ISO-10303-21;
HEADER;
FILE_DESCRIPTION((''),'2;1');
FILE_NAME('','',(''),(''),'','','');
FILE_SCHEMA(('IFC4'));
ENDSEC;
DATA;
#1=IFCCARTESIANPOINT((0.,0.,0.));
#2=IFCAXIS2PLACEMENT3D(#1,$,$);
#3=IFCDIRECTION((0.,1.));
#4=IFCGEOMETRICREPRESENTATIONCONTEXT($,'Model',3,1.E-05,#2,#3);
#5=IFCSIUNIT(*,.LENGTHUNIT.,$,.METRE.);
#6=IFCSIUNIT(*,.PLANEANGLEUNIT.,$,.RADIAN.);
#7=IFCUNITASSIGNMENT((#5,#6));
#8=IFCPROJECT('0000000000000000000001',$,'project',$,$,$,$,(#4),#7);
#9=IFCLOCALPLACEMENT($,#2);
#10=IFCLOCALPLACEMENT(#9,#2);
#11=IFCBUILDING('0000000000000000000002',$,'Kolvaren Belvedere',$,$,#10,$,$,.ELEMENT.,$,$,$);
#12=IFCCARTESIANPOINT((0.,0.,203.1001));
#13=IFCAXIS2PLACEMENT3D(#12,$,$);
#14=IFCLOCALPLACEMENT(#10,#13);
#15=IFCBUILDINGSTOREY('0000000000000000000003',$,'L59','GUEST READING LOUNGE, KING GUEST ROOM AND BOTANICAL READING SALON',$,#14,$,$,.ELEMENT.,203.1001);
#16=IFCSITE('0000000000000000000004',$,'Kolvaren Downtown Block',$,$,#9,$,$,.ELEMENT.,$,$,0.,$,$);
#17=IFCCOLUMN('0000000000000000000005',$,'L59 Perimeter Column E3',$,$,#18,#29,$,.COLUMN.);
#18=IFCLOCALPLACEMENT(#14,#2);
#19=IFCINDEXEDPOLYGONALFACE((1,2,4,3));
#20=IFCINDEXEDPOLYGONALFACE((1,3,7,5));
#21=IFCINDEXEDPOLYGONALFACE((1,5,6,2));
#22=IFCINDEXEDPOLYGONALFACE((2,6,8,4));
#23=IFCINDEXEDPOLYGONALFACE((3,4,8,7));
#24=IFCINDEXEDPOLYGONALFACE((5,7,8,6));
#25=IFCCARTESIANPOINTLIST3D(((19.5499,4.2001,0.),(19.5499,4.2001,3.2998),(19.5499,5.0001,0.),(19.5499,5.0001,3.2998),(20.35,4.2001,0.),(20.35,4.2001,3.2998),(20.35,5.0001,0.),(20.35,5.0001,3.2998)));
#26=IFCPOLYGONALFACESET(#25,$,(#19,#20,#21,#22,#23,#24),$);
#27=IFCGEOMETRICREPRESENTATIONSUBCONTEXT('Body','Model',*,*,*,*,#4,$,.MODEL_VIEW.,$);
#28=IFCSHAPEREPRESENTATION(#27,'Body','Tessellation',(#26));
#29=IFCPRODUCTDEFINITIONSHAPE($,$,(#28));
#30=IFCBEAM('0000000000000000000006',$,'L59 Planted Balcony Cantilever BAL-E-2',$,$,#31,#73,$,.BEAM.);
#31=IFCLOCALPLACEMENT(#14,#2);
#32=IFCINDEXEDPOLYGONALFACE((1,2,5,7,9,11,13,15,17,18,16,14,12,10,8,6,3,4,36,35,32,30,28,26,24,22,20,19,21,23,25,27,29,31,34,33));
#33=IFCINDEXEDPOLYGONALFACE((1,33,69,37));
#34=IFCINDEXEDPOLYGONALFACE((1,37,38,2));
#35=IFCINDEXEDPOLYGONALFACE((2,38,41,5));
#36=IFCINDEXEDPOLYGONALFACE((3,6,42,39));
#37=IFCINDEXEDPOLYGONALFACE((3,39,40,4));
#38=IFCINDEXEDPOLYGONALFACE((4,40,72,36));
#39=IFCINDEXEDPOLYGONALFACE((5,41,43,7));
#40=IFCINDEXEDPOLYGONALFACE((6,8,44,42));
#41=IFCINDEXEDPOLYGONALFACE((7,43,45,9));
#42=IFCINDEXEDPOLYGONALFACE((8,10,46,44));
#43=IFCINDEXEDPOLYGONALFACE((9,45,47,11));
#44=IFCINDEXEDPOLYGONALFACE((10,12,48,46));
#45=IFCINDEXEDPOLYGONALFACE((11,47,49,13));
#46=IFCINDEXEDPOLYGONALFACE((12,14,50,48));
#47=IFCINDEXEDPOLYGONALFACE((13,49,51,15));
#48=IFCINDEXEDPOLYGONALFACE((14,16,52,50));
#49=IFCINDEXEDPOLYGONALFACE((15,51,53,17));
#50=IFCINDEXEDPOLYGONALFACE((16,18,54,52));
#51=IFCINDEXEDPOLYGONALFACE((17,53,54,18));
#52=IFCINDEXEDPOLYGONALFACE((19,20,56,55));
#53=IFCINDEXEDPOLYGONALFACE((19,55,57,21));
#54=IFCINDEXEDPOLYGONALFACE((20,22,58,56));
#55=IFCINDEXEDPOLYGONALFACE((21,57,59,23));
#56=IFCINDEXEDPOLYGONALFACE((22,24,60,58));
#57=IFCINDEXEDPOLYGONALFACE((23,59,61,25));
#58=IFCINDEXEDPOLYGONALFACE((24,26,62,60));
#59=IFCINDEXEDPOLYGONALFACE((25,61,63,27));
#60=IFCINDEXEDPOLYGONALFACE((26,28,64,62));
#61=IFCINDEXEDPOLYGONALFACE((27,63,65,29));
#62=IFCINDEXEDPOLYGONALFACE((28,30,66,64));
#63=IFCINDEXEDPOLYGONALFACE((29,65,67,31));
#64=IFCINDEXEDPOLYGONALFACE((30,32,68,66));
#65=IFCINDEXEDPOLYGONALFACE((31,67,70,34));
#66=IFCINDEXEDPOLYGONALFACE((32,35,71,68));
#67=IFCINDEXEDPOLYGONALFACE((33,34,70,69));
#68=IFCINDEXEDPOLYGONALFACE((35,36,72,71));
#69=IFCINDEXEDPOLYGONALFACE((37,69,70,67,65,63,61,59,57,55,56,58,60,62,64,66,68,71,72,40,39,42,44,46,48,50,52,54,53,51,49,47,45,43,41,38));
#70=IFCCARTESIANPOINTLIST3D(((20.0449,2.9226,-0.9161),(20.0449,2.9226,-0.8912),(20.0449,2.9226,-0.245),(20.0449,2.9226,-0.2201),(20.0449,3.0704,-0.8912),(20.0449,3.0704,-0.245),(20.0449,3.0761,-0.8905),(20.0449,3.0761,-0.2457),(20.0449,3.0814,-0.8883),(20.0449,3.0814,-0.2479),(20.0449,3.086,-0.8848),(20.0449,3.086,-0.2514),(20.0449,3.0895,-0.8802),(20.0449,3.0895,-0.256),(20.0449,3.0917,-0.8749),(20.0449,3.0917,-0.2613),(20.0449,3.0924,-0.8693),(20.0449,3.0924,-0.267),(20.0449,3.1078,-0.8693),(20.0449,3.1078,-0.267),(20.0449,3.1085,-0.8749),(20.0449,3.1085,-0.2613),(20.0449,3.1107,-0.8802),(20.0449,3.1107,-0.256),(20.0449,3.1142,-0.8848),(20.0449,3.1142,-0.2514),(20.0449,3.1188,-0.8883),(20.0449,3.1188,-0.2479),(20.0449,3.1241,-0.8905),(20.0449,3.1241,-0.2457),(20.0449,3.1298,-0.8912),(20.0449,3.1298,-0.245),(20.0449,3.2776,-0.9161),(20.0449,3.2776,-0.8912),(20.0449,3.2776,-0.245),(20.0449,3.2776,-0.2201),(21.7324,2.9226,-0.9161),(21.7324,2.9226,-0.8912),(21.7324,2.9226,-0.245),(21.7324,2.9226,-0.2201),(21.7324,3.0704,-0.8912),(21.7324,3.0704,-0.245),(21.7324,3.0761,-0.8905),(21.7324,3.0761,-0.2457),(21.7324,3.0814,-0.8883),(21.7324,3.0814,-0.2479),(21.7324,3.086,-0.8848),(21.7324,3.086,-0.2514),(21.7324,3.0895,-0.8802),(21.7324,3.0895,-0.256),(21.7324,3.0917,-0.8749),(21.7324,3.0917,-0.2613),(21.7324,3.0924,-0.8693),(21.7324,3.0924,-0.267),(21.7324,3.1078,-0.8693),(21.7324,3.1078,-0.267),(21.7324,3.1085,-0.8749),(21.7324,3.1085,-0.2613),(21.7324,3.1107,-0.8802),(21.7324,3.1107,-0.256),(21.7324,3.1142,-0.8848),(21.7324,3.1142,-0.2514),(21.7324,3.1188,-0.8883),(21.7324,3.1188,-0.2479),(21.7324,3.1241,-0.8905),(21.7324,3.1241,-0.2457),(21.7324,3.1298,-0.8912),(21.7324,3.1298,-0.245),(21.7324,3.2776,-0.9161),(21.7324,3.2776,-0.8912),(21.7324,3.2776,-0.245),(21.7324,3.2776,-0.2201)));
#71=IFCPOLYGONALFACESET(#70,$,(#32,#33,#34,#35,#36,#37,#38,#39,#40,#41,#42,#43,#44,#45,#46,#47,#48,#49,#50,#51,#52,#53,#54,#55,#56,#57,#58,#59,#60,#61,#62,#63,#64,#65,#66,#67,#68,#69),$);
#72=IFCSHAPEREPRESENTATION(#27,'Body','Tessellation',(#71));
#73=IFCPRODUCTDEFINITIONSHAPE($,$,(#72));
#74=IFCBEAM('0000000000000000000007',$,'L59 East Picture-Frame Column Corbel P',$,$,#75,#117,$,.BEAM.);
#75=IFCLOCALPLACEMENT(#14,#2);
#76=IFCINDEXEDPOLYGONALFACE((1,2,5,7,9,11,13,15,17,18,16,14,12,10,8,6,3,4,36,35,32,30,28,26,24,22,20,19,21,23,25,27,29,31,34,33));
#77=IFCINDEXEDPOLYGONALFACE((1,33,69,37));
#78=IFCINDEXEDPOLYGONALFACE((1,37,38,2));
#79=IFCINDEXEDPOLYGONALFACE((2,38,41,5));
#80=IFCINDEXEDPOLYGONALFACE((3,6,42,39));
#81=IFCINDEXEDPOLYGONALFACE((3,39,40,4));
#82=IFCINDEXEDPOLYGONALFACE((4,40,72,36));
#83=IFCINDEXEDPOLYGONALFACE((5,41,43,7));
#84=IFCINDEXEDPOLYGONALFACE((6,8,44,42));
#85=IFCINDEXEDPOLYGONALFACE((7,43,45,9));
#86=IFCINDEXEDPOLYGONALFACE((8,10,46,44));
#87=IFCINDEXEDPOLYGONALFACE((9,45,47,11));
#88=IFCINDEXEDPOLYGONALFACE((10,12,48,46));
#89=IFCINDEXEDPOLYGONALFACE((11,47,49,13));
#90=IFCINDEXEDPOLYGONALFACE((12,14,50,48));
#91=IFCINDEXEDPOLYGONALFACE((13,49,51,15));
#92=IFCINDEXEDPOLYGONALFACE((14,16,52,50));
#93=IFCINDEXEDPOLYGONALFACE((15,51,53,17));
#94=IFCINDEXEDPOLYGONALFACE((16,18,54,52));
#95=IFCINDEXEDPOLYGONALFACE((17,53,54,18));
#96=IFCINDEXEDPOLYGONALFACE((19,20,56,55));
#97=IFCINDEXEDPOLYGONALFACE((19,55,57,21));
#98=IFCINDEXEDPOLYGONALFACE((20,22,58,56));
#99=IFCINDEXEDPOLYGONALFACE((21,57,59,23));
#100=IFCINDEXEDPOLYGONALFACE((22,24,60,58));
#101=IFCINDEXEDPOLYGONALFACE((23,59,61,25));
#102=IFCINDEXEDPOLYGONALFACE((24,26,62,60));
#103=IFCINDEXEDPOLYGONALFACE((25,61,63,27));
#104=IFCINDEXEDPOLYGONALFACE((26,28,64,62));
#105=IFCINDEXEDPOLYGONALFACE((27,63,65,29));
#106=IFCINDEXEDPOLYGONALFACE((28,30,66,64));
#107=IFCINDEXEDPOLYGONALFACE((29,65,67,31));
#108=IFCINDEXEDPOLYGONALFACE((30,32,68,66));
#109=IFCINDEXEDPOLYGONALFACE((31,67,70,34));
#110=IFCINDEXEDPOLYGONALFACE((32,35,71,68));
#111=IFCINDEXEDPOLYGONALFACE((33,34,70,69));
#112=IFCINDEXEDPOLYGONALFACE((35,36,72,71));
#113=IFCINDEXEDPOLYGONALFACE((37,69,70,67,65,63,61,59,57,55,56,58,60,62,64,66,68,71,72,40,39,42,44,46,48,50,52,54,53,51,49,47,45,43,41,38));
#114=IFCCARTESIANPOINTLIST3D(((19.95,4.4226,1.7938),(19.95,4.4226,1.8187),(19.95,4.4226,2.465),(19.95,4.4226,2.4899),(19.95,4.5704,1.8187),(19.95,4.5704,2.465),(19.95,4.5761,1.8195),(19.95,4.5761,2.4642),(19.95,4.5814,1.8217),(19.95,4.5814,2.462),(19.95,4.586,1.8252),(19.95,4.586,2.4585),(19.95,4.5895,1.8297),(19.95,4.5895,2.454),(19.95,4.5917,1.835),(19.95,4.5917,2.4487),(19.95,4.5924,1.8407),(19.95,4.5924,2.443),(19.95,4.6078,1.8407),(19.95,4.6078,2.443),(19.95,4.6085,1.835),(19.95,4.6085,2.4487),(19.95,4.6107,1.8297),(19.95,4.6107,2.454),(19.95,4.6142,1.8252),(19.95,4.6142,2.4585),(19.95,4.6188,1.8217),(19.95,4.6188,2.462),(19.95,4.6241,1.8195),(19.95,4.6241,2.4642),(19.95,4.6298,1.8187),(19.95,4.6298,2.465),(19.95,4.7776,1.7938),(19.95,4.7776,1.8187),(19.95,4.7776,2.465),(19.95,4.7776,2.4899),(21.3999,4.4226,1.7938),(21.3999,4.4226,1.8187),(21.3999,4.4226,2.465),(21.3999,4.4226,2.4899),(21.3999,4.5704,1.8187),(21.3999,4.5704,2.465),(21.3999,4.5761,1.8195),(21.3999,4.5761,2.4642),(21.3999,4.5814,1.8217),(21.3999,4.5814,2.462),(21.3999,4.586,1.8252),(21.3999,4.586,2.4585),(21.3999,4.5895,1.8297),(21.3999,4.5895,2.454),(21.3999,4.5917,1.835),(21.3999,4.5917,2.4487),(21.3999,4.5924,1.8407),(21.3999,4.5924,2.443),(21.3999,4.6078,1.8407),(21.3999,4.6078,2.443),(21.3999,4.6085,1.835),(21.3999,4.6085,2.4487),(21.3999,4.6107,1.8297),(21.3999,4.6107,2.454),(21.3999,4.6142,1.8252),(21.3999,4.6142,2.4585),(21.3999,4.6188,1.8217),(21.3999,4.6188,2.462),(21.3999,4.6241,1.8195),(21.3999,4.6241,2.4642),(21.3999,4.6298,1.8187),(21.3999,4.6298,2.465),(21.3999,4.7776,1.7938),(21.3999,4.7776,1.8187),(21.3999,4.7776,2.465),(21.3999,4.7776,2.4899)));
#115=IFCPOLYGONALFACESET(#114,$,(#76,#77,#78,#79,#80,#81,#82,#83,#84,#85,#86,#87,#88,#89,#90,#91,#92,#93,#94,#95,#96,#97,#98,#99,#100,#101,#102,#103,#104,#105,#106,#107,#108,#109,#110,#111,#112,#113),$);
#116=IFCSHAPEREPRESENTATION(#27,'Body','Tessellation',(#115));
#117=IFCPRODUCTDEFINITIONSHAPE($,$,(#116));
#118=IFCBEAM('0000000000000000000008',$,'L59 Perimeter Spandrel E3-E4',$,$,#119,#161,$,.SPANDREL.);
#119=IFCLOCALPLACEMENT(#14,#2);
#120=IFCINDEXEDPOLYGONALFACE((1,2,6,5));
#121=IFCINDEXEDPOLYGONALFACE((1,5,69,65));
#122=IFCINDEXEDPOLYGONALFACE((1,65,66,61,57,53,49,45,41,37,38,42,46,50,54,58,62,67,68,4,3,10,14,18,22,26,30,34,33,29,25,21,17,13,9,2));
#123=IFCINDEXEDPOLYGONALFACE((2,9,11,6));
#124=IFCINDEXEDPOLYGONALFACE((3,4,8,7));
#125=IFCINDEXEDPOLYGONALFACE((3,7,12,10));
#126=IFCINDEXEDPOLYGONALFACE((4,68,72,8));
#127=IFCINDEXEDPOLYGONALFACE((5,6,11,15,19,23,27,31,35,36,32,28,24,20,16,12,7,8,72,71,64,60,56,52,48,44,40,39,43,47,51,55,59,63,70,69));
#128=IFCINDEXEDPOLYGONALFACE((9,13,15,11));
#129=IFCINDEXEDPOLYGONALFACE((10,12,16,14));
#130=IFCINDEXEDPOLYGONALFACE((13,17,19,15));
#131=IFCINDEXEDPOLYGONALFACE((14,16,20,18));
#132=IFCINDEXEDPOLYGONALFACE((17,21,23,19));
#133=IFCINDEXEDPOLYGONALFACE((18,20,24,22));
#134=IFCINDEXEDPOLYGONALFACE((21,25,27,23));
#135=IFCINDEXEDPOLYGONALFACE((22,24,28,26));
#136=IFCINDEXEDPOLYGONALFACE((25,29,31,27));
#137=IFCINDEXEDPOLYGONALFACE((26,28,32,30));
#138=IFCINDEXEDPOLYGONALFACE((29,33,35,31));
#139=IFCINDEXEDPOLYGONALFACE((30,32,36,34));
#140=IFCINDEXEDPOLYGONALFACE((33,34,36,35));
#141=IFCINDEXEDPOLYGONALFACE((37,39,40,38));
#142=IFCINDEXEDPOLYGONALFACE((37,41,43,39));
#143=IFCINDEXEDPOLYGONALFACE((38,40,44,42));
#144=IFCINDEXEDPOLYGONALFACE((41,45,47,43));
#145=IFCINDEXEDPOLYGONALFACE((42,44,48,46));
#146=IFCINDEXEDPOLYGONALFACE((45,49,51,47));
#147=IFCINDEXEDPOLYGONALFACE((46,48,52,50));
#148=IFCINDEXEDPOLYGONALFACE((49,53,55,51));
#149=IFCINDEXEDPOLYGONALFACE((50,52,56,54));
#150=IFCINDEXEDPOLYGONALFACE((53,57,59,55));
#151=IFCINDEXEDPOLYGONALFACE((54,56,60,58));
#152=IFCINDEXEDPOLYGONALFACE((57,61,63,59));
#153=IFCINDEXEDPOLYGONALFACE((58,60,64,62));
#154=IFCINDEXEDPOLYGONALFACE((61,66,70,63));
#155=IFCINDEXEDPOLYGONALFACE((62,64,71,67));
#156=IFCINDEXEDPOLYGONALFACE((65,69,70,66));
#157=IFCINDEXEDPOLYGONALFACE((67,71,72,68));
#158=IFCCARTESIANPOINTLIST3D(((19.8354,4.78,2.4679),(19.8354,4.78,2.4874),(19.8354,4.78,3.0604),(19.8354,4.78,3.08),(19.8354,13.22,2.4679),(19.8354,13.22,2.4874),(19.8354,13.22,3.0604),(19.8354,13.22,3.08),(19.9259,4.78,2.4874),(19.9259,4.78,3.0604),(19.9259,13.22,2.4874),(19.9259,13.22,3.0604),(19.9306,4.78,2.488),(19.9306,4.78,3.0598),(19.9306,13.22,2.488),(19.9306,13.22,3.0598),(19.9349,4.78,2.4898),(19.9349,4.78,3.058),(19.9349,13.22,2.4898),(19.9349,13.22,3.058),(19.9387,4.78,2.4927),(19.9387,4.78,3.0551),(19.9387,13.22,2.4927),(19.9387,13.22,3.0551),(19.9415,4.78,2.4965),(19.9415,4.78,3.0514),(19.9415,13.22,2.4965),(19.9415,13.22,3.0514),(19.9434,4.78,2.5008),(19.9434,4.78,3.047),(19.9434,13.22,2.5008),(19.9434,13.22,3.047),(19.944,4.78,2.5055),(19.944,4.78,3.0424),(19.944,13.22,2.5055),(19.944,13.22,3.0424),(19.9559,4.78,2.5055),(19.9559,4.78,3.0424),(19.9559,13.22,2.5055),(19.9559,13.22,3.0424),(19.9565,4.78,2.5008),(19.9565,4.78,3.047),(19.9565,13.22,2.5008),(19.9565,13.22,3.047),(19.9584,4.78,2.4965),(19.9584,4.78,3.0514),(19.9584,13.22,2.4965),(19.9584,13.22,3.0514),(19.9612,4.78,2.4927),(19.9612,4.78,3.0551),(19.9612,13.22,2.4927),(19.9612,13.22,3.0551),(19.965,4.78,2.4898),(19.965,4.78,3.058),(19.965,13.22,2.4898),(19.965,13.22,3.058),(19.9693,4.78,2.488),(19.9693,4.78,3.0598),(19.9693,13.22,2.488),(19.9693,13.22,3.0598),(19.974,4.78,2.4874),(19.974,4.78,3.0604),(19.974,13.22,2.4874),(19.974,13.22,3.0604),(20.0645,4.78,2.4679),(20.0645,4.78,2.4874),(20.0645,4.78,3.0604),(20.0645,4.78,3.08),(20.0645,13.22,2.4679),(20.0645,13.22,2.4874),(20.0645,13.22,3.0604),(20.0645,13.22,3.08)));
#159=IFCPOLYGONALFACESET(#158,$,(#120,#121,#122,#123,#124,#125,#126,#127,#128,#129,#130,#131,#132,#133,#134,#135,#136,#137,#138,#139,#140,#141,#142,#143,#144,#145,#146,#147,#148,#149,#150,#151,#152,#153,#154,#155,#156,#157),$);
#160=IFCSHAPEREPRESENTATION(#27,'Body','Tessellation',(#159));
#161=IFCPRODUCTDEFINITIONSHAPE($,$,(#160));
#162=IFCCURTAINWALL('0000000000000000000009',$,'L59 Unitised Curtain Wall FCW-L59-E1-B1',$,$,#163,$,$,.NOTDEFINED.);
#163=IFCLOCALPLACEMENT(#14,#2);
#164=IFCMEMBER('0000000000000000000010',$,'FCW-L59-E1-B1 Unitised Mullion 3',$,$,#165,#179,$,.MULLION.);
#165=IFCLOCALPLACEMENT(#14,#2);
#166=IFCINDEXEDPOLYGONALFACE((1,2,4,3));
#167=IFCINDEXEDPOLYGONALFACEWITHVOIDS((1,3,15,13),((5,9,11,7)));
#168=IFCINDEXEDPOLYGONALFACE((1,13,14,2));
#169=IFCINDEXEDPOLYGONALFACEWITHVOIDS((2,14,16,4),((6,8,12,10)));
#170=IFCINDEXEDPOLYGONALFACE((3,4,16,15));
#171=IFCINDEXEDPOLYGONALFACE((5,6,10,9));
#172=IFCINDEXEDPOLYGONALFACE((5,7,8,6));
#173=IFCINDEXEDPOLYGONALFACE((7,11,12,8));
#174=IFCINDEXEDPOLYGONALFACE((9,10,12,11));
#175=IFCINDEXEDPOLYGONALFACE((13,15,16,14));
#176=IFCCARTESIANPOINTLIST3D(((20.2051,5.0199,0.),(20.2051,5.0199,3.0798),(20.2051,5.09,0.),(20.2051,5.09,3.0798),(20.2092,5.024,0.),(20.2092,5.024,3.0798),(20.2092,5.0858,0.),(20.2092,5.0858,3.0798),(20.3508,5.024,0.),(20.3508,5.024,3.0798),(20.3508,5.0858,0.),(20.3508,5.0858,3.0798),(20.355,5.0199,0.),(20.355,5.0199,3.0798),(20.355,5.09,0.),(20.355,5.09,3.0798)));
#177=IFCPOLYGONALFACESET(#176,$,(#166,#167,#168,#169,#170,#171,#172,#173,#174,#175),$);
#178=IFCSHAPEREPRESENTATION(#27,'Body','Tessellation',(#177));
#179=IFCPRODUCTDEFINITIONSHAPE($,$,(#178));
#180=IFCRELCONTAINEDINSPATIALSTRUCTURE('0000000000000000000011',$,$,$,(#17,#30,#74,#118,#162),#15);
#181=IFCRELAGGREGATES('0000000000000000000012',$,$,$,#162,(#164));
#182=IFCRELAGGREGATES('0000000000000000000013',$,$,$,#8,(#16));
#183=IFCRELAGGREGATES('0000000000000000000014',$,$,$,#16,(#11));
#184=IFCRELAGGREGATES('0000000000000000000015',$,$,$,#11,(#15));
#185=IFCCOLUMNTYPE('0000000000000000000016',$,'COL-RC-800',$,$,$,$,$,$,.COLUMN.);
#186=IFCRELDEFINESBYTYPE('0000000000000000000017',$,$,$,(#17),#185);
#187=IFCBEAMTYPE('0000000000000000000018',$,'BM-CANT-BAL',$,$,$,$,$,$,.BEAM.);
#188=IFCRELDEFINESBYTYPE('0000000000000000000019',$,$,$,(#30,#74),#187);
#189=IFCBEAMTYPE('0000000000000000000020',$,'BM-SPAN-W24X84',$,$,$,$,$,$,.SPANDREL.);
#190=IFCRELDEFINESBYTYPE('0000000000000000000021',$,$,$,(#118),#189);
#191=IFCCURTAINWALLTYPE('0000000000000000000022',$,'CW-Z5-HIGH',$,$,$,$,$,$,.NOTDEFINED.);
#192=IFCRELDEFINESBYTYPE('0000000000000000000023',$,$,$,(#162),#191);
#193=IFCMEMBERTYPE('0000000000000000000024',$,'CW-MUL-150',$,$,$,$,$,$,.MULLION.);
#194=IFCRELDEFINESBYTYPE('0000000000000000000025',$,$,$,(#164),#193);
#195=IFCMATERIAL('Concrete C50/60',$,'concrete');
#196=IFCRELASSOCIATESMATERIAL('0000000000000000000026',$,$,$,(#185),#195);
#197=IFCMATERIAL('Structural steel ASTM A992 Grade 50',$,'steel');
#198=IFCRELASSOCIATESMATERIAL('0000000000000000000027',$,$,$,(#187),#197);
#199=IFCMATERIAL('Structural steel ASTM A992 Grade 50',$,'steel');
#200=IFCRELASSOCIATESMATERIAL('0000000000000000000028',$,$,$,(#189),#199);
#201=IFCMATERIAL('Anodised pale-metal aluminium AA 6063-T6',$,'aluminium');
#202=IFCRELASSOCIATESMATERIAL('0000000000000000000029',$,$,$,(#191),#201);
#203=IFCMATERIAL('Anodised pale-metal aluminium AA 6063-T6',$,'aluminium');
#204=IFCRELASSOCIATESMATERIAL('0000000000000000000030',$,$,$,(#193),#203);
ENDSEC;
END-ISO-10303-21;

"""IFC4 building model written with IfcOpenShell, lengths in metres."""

from ifc_helpers import new_model, si_unit, direction, frame, origin, origin_2d, place, context, subcontext, project, spatial, rectangle, hollow_rectangle, i_section, extrude, material, material_profile, profile_set, type_object, element, aggregate, save


model = new_model("IFC4")

# Units and contexts
model_context = context("Model", 3, precision=1e-05, world=origin(), true_north=direction((0.0, 1.0)))
body_context = subcontext(model_context, "Body", "Model", "MODEL_VIEW")
ifc_project = project(units=[si_unit("LENGTHUNIT", "METRE"), si_unit("PLANEANGLEUNIT", "RADIAN")], contexts=[model_context])

# Site, building, storey
site_placement = place(None, origin())
site = spatial("IfcSite", under=ifc_project, at=site_placement, Name="Kolvaren Downtown Block", CompositionType="ELEMENT", RefElevation=0.0)
building_placement = place(site_placement, origin())
building = spatial("IfcBuilding", under=site, at=building_placement, Name="Kolvaren Belvedere", CompositionType="ELEMENT")
storey_placement = place(building_placement, frame((0.0, 0.0, 203.1001)))
storey = spatial("IfcBuildingStorey", under=building, at=storey_placement, Name="L59", Description="GUEST READING LOUNGE, KING GUEST ROOM AND BOTANICAL READING SALON", CompositionType="ELEMENT", Elevation=203.1001)

# Column
ifc_material_1 = material(Name="Concrete C50/60", Category="concrete")
ifc_material_profile_1 = material_profile(ifc_material_1, rectangle(XDim=0.8, YDim=0.8, at=origin_2d()), Name="RC 800X800")
ifc_profile_set_1 = profile_set([ifc_material_profile_1], Name="Concrete C50/60")
column_type = type_object("IfcColumnType", Name="COL-RC-800", PredefinedType="COLUMN", material=ifc_profile_set_1)
column_placement = place(storey_placement, frame((19.95, 4.6001, 0.0), z_axis=(0.0, 0.0, 1.0), x_axis=(1.0, 0.0, 0.0)))
element("IfcColumn", 1, at=column_placement, inside=storey, type_object=column_type, Name="L59 Perimeter Column E3", PredefinedType="COLUMN", context=body_context, shape_type="SweptSolid", body=[
    extrude(rectangle(XDim=0.8, YDim=0.8, at=origin_2d()), origin(), (0.0, 0.0, 1.0), 3.2998),
])

# Beams
ifc_material_2 = material(Name="Structural steel ASTM A992 Grade 50", Category="steel")
ifc_material_profile_2 = material_profile(ifc_material_2, i_section(OverallWidth=0.355, OverallDepth=0.696, WebThickness=0.0154, FlangeThickness=0.0249, FilletRadius=0.022, at=origin_2d()), Name="W27X146")
ifc_profile_set_2 = profile_set([ifc_material_profile_2], Name="Structural steel ASTM A992 Grade 50")
beam_type_1 = type_object("IfcBeamType", Name="BM-CANT-BAL", PredefinedType="BEAM", material=ifc_profile_set_2)
beam_1_placement = place(storey_placement, frame((20.0449, 3.1001, -0.5681), z_axis=(1.0, 0.0, 0.0), x_axis=(0.0, 1.0, 0.0)))
element("IfcBeam", 2, at=beam_1_placement, inside=storey, type_object=beam_type_1, Name="L59 Planted Balcony Cantilever BAL-E-2", PredefinedType="BEAM", context=body_context, shape_type="SweptSolid", body=[
    extrude(i_section(OverallWidth=0.355, OverallDepth=0.696, WebThickness=0.0154, FlangeThickness=0.0249, FilletRadius=0.022, at=origin_2d()), origin(), (0.0, 0.0, 1.0), 1.6875),
])
beam_2_placement = place(storey_placement, frame((19.95, 4.6001, 2.1418), z_axis=(1.0, 0.0, 0.0), x_axis=(0.0, 1.0, 0.0)))
element("IfcBeam", 3, at=beam_2_placement, inside=storey, type_object=beam_type_1, Name="L59 East Picture-Frame Column Corbel P", PredefinedType="BEAM", context=body_context, shape_type="SweptSolid", body=[
    extrude(i_section(OverallWidth=0.355, OverallDepth=0.696, WebThickness=0.0154, FlangeThickness=0.0249, FilletRadius=0.022, at=origin_2d()), origin(), (0.0, 0.0, 1.0), 1.45),
])
ifc_material_3 = material(Name="Structural steel ASTM A992 Grade 50", Category="steel")
ifc_material_profile_3 = material_profile(ifc_material_3, i_section(OverallWidth=0.229, OverallDepth=0.6121, WebThickness=0.012, FlangeThickness=0.0195, FilletRadius=0.0181, at=origin_2d()), Name="W24X84")
ifc_profile_set_3 = profile_set([ifc_material_profile_3], Name="Structural steel ASTM A992 Grade 50")
beam_type_2 = type_object("IfcBeamType", Name="BM-SPAN-W24X84", PredefinedType="SPANDREL", material=ifc_profile_set_3)
beam_3_placement = place(storey_placement, frame((19.95, 4.78, 2.7739), z_axis=(0.0, 1.0, 0.0), x_axis=(-1.0, 0.0, 0.0)))
element("IfcBeam", 4, at=beam_3_placement, inside=storey, type_object=beam_type_2, Name="L59 Perimeter Spandrel E3-E4", PredefinedType="SPANDREL", context=body_context, shape_type="SweptSolid", body=[
    extrude(i_section(OverallWidth=0.229, OverallDepth=0.6121, WebThickness=0.012, FlangeThickness=0.0195, FilletRadius=0.0181, at=origin_2d()), origin(), (0.0, 0.0, 1.0), 8.4399),
])

# Curtain wall, member
ifc_material_4 = material(Name="Anodised pale-metal aluminium AA 6063-T6", Category="aluminium")
curtain_wall_type = type_object("IfcCurtainWallType", Name="CW-Z5-HIGH", PredefinedType="NOTDEFINED", material=ifc_material_4)
curtain_wall_1_placement = place(storey_placement, origin())
curtain_wall_1 = element("IfcCurtainWall", 5, at=curtain_wall_1_placement, inside=storey, type_object=curtain_wall_type, Name="L59 Unitised Curtain Wall FCW-L59-E1-B1", PredefinedType="NOTDEFINED")
ifc_material_5 = material(Name="Anodised pale-metal aluminium AA 6063-T6", Category="aluminium")
ifc_material_profile_4 = material_profile(ifc_material_5, hollow_rectangle(XDim=0.0701, YDim=0.1499, WallThickness=0.0042, at=origin_2d()), Name="ALU-MUL-150X70")
ifc_profile_set_4 = profile_set([ifc_material_profile_4], Name="Anodised pale-metal aluminium AA 6063-T6")
member_type_1 = type_object("IfcMemberType", Name="CW-MUL-150", PredefinedType="MULLION", material=ifc_profile_set_4)
member_1_placement = place(storey_placement, frame((20.28, 5.0549, 0.0), z_axis=(0.0, 0.0, 1.0), x_axis=(0.0, 1.0, 0.0)))
member_1 = element("IfcMember", 6, at=member_1_placement, type_object=member_type_1, Name="FCW-L59-E1-B1 Unitised Mullion 3", PredefinedType="MULLION", context=body_context, shape_type="SweptSolid", body=[
    extrude(hollow_rectangle(XDim=0.0701, YDim=0.1499, WallThickness=0.0042, at=origin_2d()), origin(), (0.0, 0.0, 1.0), 3.0798),
])

aggregate(curtain_wall_1, [member_1])

save(model, "model.ifc")
